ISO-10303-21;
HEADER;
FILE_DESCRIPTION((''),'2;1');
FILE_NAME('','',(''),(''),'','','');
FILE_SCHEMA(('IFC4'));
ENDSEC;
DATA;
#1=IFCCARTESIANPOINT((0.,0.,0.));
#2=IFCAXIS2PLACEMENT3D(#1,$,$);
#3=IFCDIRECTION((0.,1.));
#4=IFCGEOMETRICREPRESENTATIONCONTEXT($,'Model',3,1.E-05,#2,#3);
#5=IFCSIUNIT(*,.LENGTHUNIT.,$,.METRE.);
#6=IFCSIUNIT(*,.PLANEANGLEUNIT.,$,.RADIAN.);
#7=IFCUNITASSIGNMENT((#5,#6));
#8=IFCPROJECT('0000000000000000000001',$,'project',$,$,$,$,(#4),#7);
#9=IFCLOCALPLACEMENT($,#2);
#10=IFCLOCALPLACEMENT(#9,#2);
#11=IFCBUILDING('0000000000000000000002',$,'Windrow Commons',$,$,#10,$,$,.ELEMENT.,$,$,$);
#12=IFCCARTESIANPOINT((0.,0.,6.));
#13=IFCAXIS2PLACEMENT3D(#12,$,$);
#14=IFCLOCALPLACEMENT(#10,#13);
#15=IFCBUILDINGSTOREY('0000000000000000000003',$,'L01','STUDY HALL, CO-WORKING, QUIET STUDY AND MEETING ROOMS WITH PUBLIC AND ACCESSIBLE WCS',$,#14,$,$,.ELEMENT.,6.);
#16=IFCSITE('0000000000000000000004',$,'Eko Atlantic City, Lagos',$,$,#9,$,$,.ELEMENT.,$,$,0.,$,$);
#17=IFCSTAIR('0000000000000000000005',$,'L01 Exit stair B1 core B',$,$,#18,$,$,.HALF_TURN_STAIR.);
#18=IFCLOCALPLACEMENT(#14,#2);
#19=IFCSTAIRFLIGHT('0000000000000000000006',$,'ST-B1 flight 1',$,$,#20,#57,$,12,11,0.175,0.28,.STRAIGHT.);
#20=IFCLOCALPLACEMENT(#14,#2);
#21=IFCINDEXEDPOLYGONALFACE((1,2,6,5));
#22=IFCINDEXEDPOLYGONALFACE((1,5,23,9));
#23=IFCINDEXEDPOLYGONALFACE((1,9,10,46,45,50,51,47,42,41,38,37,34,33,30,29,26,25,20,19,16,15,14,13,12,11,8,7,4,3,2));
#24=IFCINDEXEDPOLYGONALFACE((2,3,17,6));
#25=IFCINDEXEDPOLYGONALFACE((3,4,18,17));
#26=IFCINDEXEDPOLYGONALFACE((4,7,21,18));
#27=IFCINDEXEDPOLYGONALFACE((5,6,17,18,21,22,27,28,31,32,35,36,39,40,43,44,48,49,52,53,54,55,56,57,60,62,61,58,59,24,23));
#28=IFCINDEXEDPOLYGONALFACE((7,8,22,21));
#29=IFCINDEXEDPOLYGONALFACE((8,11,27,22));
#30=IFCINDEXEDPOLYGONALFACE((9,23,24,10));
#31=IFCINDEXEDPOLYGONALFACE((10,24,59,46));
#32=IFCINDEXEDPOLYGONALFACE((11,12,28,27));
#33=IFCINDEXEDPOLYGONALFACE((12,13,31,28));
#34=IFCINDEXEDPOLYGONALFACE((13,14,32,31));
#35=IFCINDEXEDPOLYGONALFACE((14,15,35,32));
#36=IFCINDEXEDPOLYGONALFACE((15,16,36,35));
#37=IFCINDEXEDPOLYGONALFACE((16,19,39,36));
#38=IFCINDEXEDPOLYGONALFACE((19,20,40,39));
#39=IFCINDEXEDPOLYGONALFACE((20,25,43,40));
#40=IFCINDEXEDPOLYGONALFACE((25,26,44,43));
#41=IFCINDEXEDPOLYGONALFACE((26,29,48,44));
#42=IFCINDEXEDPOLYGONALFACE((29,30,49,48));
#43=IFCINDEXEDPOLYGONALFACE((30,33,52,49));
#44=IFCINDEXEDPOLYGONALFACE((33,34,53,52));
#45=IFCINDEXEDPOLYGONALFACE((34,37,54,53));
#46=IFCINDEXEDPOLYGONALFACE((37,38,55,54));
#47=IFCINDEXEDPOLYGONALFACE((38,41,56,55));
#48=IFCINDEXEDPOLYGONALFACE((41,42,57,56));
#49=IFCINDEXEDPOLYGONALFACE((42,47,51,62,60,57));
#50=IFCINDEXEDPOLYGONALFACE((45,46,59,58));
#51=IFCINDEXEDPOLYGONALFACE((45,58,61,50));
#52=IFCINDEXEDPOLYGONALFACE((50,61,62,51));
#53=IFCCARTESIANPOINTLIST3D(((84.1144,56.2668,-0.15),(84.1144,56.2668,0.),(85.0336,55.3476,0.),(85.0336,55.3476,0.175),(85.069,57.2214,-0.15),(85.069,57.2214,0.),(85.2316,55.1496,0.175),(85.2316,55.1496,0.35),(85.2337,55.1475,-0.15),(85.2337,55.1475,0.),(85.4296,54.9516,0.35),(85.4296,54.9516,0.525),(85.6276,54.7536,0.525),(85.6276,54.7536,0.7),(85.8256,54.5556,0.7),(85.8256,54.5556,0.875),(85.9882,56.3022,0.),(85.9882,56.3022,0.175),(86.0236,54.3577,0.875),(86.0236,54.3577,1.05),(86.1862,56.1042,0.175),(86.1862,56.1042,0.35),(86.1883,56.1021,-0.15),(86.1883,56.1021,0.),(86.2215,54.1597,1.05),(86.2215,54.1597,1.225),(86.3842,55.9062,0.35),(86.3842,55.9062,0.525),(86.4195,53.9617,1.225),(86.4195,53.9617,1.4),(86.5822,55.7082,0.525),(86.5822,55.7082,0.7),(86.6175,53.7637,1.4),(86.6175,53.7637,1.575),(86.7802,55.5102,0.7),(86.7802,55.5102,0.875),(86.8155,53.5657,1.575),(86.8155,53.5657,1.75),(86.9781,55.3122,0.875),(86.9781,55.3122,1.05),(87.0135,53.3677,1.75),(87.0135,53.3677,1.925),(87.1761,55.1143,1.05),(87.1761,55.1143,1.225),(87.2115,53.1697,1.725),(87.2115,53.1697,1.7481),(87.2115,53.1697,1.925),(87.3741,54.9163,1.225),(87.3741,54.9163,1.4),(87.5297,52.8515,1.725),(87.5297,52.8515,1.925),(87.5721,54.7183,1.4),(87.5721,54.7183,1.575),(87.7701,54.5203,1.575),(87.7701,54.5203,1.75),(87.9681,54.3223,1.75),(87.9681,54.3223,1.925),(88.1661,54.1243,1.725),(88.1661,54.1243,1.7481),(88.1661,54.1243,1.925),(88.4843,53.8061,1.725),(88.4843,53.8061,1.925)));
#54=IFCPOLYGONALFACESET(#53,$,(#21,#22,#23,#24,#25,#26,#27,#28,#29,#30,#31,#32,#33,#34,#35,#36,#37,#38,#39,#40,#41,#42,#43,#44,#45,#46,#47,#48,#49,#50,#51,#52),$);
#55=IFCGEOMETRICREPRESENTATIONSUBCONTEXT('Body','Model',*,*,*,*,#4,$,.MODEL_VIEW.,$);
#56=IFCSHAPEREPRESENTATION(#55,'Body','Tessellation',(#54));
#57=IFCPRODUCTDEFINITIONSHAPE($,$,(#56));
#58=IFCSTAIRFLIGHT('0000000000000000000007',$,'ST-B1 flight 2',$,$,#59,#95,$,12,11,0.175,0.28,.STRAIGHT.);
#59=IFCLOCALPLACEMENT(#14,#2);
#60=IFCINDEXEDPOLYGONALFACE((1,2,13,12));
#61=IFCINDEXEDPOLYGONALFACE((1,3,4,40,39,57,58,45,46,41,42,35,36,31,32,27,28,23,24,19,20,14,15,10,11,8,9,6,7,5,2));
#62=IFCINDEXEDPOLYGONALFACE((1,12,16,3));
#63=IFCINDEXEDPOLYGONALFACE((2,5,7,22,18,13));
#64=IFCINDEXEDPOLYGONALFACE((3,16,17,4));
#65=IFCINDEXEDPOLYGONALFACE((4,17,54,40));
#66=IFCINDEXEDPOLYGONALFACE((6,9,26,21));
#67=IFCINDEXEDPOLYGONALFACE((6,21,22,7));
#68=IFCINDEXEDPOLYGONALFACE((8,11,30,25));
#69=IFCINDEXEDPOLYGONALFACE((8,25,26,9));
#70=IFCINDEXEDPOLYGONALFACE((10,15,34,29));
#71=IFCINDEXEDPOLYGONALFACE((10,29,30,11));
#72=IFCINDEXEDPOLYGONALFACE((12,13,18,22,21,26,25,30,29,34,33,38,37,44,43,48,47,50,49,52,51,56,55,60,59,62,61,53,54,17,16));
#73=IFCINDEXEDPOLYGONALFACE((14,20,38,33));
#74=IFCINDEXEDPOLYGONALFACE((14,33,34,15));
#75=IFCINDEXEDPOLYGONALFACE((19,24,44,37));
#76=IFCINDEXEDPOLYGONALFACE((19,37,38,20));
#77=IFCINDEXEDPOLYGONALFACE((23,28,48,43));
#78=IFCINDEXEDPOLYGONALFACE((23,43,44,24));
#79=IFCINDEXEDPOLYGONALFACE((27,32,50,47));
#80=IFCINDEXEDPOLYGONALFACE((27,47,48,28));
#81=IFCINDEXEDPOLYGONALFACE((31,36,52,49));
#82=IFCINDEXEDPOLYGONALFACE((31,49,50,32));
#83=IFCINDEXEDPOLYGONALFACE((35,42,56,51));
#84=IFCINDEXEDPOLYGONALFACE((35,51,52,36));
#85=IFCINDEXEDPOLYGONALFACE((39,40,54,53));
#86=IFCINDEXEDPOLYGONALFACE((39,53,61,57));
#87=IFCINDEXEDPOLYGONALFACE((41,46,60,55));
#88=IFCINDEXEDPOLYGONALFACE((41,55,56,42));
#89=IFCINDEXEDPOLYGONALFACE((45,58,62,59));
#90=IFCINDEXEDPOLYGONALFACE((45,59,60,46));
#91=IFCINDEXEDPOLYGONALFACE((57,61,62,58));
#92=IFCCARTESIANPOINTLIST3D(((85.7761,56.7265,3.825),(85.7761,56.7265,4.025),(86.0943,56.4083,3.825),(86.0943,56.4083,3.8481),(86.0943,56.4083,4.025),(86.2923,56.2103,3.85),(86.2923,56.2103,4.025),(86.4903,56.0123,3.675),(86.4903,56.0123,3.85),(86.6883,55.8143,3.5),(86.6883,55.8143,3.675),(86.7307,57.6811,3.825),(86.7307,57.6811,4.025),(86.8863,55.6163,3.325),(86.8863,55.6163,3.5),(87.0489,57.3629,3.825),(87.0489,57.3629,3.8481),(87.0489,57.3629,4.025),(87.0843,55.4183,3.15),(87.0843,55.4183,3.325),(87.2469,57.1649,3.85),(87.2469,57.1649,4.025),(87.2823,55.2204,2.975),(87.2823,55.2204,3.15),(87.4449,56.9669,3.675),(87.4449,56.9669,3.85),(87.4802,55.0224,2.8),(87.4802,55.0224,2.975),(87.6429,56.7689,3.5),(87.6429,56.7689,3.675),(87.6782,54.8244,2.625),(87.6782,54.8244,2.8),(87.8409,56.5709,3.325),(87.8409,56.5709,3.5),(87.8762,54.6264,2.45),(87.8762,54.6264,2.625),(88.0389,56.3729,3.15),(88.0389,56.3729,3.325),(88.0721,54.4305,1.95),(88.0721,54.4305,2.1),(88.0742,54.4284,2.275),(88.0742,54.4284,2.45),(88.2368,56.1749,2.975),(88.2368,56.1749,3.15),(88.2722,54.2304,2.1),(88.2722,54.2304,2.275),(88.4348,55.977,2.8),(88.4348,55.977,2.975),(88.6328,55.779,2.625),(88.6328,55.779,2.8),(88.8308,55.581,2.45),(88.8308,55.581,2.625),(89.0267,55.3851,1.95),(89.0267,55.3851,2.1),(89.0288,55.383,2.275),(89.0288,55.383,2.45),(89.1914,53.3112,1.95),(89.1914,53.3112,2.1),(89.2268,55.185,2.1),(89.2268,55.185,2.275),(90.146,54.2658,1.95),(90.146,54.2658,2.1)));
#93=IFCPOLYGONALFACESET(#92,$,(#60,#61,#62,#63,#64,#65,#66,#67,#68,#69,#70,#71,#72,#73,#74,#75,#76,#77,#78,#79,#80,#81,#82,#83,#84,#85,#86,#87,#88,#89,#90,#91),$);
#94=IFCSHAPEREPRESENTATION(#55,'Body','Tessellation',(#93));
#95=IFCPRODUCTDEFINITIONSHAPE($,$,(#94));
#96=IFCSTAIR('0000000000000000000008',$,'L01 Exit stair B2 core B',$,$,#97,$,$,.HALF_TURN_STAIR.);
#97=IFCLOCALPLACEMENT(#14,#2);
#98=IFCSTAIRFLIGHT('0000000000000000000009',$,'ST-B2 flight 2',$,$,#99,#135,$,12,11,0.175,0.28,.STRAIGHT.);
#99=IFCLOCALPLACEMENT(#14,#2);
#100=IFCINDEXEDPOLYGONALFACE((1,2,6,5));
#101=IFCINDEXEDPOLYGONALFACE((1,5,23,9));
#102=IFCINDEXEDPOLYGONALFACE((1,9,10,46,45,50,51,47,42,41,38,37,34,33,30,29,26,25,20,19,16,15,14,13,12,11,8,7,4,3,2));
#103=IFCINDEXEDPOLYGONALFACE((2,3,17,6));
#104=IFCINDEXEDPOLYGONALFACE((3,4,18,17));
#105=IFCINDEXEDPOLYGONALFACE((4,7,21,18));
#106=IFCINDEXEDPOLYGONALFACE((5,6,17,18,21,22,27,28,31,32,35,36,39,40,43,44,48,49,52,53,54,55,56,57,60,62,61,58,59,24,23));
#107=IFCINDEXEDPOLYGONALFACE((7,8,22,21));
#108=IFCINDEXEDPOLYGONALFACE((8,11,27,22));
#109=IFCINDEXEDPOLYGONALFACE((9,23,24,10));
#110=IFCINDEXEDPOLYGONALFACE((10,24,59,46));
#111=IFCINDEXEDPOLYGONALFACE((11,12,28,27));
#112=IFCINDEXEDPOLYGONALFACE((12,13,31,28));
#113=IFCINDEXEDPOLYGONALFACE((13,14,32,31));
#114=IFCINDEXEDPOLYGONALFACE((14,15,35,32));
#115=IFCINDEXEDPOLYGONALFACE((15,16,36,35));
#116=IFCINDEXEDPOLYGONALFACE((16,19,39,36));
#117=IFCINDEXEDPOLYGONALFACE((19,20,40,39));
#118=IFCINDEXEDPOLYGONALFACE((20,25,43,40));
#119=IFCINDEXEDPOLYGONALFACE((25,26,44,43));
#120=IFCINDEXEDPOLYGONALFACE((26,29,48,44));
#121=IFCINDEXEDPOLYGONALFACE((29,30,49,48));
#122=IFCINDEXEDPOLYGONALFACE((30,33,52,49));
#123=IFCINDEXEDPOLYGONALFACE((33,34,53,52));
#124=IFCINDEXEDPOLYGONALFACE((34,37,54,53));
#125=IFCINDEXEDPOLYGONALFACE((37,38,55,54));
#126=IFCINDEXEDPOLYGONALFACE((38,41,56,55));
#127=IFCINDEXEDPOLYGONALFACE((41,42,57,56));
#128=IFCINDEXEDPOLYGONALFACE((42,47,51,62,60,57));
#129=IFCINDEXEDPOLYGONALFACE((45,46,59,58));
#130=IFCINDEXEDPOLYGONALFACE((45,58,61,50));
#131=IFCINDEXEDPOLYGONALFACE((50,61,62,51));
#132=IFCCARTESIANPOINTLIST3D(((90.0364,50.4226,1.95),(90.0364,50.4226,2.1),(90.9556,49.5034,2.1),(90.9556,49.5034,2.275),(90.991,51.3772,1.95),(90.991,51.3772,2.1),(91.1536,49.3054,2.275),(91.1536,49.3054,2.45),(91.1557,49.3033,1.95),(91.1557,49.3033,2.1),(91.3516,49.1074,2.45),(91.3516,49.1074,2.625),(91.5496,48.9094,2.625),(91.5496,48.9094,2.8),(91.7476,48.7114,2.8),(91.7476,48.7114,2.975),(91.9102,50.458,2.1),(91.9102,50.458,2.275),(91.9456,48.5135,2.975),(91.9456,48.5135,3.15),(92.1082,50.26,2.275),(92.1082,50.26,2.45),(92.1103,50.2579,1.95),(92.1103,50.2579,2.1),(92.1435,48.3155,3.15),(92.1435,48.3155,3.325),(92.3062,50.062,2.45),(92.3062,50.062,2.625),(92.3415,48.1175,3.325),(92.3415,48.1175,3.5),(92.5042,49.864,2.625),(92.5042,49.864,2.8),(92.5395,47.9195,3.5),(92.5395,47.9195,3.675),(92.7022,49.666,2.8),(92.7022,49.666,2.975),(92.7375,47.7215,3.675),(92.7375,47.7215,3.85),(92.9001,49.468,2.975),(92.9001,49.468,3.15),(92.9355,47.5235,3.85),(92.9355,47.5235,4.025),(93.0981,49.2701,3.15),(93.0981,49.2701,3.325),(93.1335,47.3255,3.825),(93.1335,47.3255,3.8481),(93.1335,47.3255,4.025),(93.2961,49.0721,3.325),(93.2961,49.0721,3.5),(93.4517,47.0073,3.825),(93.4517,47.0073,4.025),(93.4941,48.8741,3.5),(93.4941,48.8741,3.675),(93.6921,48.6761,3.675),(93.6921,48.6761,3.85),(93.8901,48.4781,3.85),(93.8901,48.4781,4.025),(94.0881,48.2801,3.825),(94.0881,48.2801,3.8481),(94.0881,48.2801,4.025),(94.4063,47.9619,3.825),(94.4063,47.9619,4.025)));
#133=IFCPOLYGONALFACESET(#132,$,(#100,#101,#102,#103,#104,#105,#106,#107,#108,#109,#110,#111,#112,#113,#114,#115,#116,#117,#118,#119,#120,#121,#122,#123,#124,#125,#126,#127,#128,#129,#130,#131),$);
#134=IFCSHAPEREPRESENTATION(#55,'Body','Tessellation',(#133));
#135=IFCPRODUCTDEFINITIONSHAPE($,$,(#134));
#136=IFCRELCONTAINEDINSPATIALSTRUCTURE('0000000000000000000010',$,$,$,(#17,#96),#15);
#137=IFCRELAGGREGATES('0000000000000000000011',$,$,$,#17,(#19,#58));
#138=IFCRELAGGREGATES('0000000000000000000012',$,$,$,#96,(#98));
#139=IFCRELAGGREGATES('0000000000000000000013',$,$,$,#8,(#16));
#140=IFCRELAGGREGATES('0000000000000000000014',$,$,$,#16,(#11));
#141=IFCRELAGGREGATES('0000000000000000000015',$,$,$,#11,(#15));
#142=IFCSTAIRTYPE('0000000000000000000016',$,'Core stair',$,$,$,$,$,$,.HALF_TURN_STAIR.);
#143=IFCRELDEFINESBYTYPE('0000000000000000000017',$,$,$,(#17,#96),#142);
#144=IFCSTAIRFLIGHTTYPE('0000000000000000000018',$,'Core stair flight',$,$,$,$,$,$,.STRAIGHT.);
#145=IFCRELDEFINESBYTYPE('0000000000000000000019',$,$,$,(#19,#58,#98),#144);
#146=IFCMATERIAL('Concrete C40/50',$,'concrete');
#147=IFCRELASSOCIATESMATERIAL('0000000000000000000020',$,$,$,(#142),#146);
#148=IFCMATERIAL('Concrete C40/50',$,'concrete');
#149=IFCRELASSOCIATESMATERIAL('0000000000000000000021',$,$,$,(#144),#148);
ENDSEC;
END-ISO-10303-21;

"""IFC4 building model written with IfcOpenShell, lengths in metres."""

from ifc_helpers import new_model, si_unit, direction, frame, origin, place, context, subcontext, project, spatial, polyline, outline, extrude, material, type_object, element, aggregate, save


model = new_model("IFC4")

# Units and contexts
model_context = context("Model", 3, precision=1e-05, world=origin(), true_north=direction((0.0, 1.0)))
body_context = subcontext(model_context, "Body", "Model", "MODEL_VIEW")
ifc_project = project(units=[si_unit("LENGTHUNIT", "METRE"), si_unit("PLANEANGLEUNIT", "RADIAN")], contexts=[model_context])

# Site, building, storey
site_placement = place(None, origin())
site = spatial("IfcSite", under=ifc_project, at=site_placement, Name="Eko Atlantic City, Lagos", CompositionType="ELEMENT", RefElevation=0.0)
building_placement = place(site_placement, origin())
building = spatial("IfcBuilding", under=site, at=building_placement, Name="Windrow Commons", CompositionType="ELEMENT")
storey_placement = place(building_placement, frame((0.0, 0.0, 6.0)))
storey = spatial("IfcBuildingStorey", under=building, at=storey_placement, Name="L01", Description="STUDY HALL, CO-WORKING, QUIET STUDY AND MEETING ROOMS WITH PUBLIC AND ACCESSIBLE WCS", CompositionType="ELEMENT", Elevation=6.0)

# Shared definitions
placement = place(storey_placement, origin())

# Stair, stair flights
ifc_material_1 = material(Name="Concrete C40/50", Category="concrete")
stair_type = type_object("IfcStairType", Name="Core stair", PredefinedType="HALF_TURN_STAIR", material=ifc_material_1)
stair_1 = element("IfcStair", 1, at=placement, inside=storey, type_object=stair_type, Name="L01 Exit stair B1 core B", PredefinedType="HALF_TURN_STAIR")
ifc_material_2 = material(Name="Concrete C40/50", Category="concrete")
stair_flight_type = type_object("IfcStairFlightType", Name="Core stair flight", PredefinedType="STRAIGHT", material=ifc_material_2)
stair_flight_1_placement = place(storey_placement, frame((85.5109, 55.8249, 0.0), z_axis=(0.0, 0.0, 1.0), x_axis=(0.707107, -0.707107, 0.0)))
stair_flight_1 = element("IfcStairFlight", 2, at=stair_flight_1_placement, type_object=stair_flight_type, Name="ST-B1 flight 1", NumberOfRisers=12, NumberOfTreads=11, PredefinedType="STRAIGHT", RiserHeight=0.175, TreadLength=0.28, context=body_context, shape_type="SweptSolid", body=[
    extrude(outline(polyline([(-1.3, -0.15), (-1.3, 0.0), (0.0, 0.0), (0.0, 0.175), (0.28, 0.175), (0.28, 0.35), (0.56, 0.35), (0.56, 0.525), (0.84, 0.525), (0.84, 0.7), (1.12, 0.7), (1.12, 0.875), (1.4, 0.875), (1.4, 1.05), (1.68, 1.05), (1.68, 1.225), (1.96, 1.225), (1.96, 1.4), (2.24, 1.4), (2.24, 1.575), (2.52, 1.575), (2.52, 1.75), (2.8, 1.75), (2.8, 1.925), (3.08, 1.925), (3.53, 1.925), (3.53, 1.725), (3.08, 1.725), (3.08, 1.7481), (0.283, 0.0), (0.283, -0.15), (-1.3, -0.15)])), frame((0.0, 0.675, 0.0), z_axis=(0.0, -1.0, 0.0), x_axis=(1.0, 0.0, 0.0)), (0.0, 0.0, 1.0), 1.35),
])
stair_flight_2_placement = place(storey_placement, frame((88.7495, 54.7077, 2.1), z_axis=(0.0, 0.0, 1.0), x_axis=(-0.707107, 0.707107, 0.0)))
stair_flight_2 = element("IfcStairFlight", 3, at=stair_flight_2_placement, type_object=stair_flight_type, Name="ST-B1 flight 2", NumberOfRisers=12, NumberOfTreads=11, PredefinedType="STRAIGHT", RiserHeight=0.175, TreadLength=0.28, context=body_context, shape_type="SweptSolid", body=[
    extrude(outline(polyline([(-1.3, -0.15), (-1.3, 0.0), (0.0, 0.0), (0.0, 0.175), (0.28, 0.175), (0.28, 0.35), (0.56, 0.35), (0.56, 0.525), (0.84, 0.525), (0.84, 0.7), (1.12, 0.7), (1.12, 0.875), (1.4, 0.875), (1.4, 1.05), (1.68, 1.05), (1.68, 1.225), (1.96, 1.225), (1.96, 1.4), (2.24, 1.4), (2.24, 1.575), (2.52, 1.575), (2.52, 1.75), (2.8, 1.75), (2.8, 1.925), (3.08, 1.925), (3.53, 1.925), (3.53, 1.725), (3.08, 1.725), (3.08, 1.7481), (0.283, 0.0), (0.283, -0.15), (-1.3, -0.15)])), frame((0.0, 0.675, 0.0), z_axis=(0.0, -1.0, 0.0), x_axis=(1.0, 0.0, 0.0)), (0.0, 0.0, 1.0), 1.35),
])
aggregate(stair_1, [stair_flight_1, stair_flight_2])

# Stair, stair flight
stair_2 = element("IfcStair", 4, at=placement, inside=storey, type_object=stair_type, Name="L01 Exit stair B2 core B", PredefinedType="HALF_TURN_STAIR")
stair_flight_3_placement = place(storey_placement, frame((91.4329, 49.9807, 2.1), z_axis=(0.0, 0.0, 1.0), x_axis=(0.707107, -0.707107, 0.0)))
stair_flight_3 = element("IfcStairFlight", 5, at=stair_flight_3_placement, type_object=stair_flight_type, Name="ST-B2 flight 2", NumberOfRisers=12, NumberOfTreads=11, PredefinedType="STRAIGHT", RiserHeight=0.175, TreadLength=0.28, context=body_context, shape_type="SweptSolid", body=[
    extrude(outline(polyline([(-1.3, -0.15), (-1.3, 0.0), (0.0, 0.0), (0.0, 0.175), (0.28, 0.175), (0.28, 0.35), (0.56, 0.35), (0.56, 0.525), (0.84, 0.525), (0.84, 0.7), (1.12, 0.7), (1.12, 0.875), (1.4, 0.875), (1.4, 1.05), (1.68, 1.05), (1.68, 1.225), (1.96, 1.225), (1.96, 1.4), (2.24, 1.4), (2.24, 1.575), (2.52, 1.575), (2.52, 1.75), (2.8, 1.75), (2.8, 1.925), (3.08, 1.925), (3.53, 1.925), (3.53, 1.725), (3.08, 1.725), (3.08, 1.7481), (0.283, 0.0), (0.283, -0.15), (-1.3, -0.15)])), frame((0.0, 0.675, 0.0), z_axis=(0.0, -1.0, 0.0), x_axis=(1.0, 0.0, 0.0)), (0.0, 0.0, 1.0), 1.35),
])
aggregate(stair_2, [stair_flight_3])

save(model, "model.ifc")
